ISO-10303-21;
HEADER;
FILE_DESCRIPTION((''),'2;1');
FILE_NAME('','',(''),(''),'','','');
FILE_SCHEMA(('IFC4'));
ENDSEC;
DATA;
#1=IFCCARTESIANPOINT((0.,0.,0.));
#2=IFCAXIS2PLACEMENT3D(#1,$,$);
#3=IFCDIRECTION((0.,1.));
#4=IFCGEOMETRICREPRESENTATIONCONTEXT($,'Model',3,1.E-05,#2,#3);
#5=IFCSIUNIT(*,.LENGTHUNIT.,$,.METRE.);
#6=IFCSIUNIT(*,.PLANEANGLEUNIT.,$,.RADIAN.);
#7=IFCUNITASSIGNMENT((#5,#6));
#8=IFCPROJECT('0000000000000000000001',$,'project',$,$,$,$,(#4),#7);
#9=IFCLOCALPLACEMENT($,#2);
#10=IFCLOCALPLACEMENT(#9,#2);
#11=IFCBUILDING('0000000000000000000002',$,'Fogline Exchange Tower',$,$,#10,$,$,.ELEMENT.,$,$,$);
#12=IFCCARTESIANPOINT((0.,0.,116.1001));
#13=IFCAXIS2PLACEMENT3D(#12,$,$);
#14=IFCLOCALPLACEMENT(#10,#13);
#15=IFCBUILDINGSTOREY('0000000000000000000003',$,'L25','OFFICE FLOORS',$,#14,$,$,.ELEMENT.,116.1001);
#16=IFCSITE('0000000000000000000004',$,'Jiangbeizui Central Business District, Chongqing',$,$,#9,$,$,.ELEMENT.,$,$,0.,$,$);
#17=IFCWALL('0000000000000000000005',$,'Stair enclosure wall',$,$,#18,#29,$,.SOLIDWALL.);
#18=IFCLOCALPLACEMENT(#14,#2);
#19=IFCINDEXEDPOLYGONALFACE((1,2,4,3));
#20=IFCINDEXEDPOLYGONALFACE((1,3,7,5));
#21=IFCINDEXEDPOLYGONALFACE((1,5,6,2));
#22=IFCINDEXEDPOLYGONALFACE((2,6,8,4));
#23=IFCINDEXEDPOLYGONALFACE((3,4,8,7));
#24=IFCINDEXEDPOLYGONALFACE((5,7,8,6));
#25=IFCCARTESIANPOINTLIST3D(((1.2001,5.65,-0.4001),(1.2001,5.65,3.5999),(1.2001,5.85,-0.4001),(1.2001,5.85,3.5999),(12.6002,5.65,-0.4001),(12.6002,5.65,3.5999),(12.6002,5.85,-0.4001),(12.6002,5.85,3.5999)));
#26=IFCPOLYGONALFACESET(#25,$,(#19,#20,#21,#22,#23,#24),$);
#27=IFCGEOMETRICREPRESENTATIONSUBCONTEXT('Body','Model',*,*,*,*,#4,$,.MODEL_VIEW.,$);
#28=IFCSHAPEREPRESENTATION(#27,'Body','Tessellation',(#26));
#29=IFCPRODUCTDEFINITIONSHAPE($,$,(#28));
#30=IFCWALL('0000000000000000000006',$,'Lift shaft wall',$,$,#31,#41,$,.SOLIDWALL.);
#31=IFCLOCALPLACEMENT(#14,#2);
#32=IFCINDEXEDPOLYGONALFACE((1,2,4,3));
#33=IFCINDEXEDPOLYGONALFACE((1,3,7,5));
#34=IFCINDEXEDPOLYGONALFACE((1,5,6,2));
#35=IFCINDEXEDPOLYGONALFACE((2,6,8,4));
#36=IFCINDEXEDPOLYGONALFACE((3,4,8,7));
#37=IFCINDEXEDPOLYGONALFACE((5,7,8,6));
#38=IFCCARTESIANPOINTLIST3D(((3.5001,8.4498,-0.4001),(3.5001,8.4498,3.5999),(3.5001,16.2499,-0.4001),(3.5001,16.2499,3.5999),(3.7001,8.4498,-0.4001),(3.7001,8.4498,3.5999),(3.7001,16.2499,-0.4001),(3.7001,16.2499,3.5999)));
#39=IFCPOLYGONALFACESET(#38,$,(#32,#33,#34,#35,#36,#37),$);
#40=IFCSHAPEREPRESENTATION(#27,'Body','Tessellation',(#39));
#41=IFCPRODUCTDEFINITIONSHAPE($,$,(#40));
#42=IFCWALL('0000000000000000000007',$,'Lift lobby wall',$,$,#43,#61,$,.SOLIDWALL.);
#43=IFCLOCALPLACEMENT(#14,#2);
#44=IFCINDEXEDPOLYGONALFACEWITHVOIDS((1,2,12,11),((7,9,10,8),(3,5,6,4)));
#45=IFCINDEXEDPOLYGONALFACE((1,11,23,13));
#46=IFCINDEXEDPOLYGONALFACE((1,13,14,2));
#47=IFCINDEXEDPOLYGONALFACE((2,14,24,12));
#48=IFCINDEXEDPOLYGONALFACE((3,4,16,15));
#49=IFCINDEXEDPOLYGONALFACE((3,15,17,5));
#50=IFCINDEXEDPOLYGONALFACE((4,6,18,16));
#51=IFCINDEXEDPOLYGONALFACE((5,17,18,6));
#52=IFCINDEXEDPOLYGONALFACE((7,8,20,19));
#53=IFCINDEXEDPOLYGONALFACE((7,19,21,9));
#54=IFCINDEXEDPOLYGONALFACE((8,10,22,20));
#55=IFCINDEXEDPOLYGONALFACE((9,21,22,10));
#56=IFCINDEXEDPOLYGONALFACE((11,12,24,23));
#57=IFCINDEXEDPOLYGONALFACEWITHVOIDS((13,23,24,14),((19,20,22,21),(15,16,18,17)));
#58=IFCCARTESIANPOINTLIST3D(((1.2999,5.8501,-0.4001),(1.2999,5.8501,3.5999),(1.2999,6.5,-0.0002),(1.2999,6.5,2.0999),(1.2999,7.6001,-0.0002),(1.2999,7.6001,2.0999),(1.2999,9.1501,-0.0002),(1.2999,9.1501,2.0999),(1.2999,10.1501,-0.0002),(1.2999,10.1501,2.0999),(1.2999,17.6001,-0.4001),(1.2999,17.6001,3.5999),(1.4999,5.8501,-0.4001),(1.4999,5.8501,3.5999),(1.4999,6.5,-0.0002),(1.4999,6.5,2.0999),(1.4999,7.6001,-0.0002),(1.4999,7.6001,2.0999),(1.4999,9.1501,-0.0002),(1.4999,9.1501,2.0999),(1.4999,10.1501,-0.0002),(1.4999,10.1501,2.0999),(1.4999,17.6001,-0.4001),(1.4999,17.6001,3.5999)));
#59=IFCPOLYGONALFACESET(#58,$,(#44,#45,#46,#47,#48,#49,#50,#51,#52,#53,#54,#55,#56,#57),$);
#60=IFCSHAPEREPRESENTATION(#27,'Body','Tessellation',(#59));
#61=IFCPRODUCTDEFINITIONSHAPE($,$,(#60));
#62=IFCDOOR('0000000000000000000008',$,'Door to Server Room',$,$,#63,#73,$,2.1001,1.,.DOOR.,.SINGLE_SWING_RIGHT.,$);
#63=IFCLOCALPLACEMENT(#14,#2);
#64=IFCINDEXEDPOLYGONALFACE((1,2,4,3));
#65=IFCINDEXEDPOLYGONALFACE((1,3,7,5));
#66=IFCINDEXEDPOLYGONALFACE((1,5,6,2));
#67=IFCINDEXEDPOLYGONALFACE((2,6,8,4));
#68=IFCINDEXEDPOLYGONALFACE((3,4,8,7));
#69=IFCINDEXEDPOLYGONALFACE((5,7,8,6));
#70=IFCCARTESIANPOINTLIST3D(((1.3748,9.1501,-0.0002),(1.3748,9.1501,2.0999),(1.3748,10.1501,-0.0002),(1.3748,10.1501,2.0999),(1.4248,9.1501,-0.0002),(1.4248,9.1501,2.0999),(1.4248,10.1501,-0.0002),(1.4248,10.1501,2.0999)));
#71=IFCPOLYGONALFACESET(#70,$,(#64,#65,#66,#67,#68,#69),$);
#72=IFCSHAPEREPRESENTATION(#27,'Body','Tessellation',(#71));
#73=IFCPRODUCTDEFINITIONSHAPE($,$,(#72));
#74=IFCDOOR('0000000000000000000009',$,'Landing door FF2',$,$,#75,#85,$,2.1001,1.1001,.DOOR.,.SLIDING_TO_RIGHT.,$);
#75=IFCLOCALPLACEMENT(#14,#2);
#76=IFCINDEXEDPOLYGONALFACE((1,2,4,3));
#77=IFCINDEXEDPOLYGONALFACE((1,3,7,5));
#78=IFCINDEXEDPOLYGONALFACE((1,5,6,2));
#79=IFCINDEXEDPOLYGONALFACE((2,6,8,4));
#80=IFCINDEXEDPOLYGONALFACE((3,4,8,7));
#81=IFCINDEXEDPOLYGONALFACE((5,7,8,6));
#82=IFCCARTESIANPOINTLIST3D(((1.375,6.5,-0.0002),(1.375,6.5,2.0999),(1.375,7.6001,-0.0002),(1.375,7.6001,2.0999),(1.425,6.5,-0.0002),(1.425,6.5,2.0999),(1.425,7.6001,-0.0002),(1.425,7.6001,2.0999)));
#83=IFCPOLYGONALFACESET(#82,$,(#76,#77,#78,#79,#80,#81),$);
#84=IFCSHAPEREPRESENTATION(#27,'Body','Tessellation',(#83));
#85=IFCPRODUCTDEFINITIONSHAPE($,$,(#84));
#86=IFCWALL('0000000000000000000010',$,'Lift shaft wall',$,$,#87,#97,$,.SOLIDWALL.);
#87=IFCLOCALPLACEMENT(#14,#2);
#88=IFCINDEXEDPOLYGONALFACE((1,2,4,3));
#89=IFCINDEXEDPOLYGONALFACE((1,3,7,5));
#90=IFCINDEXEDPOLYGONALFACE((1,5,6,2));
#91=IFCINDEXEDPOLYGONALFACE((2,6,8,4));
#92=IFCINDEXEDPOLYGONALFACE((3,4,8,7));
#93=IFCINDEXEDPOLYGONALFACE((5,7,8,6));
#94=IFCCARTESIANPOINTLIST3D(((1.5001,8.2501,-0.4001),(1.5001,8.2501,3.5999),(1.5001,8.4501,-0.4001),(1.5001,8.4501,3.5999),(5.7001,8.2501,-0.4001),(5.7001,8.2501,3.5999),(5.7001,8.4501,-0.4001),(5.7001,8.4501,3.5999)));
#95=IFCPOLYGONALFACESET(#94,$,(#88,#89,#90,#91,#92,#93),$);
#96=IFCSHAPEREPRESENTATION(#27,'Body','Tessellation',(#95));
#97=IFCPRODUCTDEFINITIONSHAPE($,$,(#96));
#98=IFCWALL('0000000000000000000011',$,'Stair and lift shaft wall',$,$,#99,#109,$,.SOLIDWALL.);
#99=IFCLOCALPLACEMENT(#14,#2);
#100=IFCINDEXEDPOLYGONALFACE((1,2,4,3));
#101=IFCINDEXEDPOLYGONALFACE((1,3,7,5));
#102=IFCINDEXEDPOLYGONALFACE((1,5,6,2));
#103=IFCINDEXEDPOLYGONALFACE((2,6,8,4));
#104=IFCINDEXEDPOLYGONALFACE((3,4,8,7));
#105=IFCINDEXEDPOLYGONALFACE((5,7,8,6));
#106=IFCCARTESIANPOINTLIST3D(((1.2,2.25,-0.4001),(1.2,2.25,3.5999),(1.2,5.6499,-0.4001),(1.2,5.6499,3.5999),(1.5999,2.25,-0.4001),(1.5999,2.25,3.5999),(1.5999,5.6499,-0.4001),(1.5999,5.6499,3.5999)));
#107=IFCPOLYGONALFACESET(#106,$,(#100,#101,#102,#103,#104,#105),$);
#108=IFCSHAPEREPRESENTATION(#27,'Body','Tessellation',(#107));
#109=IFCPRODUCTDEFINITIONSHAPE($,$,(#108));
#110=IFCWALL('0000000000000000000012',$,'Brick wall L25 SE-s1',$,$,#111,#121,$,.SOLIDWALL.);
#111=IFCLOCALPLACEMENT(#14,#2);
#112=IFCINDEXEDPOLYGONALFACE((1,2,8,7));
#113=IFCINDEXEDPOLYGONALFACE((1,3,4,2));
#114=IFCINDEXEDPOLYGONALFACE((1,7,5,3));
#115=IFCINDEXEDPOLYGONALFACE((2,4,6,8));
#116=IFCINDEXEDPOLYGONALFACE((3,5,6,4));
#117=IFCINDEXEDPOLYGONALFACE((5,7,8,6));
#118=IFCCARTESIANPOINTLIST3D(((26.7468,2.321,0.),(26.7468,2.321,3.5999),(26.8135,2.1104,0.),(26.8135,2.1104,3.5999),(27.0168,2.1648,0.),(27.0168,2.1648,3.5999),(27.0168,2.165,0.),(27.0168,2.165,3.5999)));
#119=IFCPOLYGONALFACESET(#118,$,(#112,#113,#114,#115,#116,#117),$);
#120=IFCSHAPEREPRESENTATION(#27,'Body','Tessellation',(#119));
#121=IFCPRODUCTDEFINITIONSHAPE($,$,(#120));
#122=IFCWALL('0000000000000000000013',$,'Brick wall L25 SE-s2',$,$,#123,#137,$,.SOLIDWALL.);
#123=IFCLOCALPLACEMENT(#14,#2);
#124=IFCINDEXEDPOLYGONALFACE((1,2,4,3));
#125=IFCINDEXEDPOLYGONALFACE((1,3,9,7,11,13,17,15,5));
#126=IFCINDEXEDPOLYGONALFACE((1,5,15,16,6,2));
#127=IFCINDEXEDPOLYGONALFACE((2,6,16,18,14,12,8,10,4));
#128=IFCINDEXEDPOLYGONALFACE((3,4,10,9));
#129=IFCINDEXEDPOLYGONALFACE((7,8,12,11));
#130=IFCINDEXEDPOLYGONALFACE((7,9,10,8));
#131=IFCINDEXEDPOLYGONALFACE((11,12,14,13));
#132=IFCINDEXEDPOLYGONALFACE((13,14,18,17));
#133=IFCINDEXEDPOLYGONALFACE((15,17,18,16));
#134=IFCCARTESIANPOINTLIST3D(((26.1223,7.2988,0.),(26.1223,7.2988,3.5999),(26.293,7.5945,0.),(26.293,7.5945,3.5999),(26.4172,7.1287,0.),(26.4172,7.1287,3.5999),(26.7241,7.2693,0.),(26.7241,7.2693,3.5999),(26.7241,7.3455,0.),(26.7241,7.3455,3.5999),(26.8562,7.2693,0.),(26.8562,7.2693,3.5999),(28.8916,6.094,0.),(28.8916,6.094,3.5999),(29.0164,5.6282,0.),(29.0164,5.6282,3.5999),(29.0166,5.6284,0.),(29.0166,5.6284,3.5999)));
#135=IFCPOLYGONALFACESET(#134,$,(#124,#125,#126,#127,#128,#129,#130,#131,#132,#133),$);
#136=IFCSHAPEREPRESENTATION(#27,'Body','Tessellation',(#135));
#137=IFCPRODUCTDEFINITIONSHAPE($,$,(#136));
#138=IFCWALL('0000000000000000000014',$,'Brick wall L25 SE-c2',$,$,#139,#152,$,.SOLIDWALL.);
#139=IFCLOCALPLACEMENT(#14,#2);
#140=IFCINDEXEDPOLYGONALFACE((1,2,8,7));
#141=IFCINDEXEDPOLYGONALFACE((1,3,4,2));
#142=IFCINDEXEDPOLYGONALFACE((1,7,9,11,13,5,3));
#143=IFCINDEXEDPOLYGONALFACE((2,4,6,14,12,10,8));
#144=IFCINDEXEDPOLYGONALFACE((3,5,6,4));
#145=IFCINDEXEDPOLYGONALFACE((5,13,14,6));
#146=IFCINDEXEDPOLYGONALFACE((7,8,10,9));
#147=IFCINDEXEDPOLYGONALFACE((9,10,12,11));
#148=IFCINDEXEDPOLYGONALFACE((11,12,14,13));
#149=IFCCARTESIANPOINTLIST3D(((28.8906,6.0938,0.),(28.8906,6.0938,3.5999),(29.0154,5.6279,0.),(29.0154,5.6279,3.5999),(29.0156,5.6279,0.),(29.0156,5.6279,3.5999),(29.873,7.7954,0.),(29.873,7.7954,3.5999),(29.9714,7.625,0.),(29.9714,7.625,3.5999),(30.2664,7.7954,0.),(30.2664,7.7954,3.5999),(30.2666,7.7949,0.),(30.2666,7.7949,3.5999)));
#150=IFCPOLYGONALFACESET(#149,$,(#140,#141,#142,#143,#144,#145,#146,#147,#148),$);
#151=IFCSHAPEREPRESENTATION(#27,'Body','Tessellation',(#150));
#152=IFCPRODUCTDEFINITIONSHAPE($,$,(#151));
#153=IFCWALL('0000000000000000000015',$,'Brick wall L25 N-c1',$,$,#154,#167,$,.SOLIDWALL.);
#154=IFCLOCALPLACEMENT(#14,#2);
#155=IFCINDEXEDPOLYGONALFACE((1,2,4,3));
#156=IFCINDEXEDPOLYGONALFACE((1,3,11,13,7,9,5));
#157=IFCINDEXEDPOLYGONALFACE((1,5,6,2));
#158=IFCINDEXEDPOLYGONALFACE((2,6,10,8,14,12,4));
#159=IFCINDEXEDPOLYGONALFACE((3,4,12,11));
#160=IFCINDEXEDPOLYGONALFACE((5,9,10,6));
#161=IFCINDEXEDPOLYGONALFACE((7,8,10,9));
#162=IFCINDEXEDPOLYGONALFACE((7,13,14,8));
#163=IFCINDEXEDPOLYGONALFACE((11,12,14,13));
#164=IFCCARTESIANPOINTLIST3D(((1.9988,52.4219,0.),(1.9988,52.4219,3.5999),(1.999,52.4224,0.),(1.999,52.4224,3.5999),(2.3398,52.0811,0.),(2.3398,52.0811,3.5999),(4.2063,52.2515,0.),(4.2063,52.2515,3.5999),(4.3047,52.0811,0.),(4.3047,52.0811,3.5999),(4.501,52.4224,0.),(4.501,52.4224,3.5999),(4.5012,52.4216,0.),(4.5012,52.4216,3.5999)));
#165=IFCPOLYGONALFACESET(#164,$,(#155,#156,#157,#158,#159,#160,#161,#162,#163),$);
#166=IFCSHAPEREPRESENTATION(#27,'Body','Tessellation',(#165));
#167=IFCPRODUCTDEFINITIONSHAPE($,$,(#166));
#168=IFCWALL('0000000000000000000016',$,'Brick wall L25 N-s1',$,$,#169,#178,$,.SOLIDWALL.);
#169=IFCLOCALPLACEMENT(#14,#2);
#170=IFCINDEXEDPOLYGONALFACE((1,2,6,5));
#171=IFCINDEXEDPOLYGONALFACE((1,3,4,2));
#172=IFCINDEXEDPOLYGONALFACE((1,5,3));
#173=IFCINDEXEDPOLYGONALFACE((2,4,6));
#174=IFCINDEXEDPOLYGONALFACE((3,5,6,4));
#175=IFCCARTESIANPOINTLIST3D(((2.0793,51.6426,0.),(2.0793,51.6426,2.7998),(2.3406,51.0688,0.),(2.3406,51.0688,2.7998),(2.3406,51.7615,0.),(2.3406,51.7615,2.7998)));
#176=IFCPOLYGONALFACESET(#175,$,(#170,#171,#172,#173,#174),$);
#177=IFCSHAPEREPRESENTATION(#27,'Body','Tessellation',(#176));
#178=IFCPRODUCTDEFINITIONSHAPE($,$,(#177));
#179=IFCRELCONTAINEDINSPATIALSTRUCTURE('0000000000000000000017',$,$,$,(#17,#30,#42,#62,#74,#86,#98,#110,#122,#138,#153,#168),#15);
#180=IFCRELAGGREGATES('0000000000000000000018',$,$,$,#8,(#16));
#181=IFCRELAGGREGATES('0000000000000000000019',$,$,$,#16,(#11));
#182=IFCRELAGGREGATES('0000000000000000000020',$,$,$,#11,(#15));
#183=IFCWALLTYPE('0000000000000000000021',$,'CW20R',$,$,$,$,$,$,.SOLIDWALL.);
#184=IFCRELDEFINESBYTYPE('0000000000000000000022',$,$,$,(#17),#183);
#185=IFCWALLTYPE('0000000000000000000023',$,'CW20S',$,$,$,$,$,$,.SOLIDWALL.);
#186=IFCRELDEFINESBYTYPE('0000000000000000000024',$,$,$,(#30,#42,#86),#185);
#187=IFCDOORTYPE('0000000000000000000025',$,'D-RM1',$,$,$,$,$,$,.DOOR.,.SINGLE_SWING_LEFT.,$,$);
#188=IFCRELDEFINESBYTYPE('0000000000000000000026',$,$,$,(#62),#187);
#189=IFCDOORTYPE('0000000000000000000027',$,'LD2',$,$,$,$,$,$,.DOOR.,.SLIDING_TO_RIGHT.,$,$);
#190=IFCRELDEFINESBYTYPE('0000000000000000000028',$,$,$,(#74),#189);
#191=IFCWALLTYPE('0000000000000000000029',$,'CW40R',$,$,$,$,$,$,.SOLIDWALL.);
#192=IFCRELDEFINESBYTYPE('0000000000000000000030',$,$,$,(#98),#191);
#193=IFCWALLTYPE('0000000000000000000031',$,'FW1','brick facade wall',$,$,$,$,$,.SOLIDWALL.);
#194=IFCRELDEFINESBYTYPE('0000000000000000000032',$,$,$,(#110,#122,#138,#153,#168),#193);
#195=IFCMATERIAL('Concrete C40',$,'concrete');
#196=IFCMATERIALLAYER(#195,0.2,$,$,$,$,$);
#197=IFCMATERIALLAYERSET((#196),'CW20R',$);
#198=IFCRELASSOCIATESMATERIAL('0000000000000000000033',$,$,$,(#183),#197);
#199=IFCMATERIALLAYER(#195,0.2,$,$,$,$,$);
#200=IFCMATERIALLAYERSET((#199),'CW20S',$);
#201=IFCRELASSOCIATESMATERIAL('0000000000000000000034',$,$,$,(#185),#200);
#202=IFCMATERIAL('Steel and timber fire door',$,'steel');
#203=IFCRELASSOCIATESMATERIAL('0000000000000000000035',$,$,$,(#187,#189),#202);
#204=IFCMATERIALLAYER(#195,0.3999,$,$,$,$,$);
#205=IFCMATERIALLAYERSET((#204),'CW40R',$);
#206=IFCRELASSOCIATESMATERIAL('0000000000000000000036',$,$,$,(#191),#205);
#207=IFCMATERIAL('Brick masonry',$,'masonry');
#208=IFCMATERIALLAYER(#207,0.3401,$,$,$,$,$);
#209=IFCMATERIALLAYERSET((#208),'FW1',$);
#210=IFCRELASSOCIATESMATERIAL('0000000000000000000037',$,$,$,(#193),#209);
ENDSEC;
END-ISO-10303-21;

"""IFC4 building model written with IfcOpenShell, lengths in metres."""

from ifc_helpers import new_model, si_unit, direction, frame, frame_2d, origin, place, context, subcontext, project, spatial, polyline, rectangle, outline, extrude, material, layer, layer_set, type_object, element, fill, save


model = new_model("IFC4")

# Units and contexts
model_context = context("Model", 3, precision=1e-05, world=origin(), true_north=direction((0.0, 1.0)))
body_context = subcontext(model_context, "Body", "Model", "MODEL_VIEW")
ifc_project = project(units=[si_unit("LENGTHUNIT", "METRE"), si_unit("PLANEANGLEUNIT", "RADIAN")], contexts=[model_context])

# Site, building, storey
site_placement = place(None, origin())
site = spatial("IfcSite", under=ifc_project, at=site_placement, Name="Jiangbeizui Central Business District, Chongqing", CompositionType="ELEMENT", RefElevation=0.0)
building_placement = place(site_placement, origin())
building = spatial("IfcBuilding", under=site, at=building_placement, Name="Fogline Exchange Tower", CompositionType="ELEMENT")
storey_placement = place(building_placement, frame((0.0, 0.0, 116.1001)))
storey = spatial("IfcBuildingStorey", under=building, at=storey_placement, Name="L25", Description="OFFICE FLOORS", CompositionType="ELEMENT", Elevation=116.1001)

# Shared definitions
ifc_material_1 = material(Name="Concrete C40", Category="concrete")

# Walls
ifc_layer_1 = layer(ifc_material_1, 0.2)
ifc_layer_set_1 = layer_set([ifc_layer_1], Name="CW20R")
wall_type_1 = type_object("IfcWallType", Name="CW20R", PredefinedType="SOLIDWALL", material=ifc_layer_set_1)
wall_1_placement = place(storey_placement, frame((1.2, 5.75, -0.4001), z_axis=(0.0, 0.0, 1.0), x_axis=(1.0, 0.0, 0.0)))
element("IfcWall", 1, at=wall_1_placement, inside=storey, type_object=wall_type_1, Name="Stair enclosure wall", PredefinedType="SOLIDWALL", context=body_context, shape_type="SweptSolid", body=[
    extrude(rectangle(XDim=11.4001, YDim=0.2, at=frame_2d((5.7002, 0.0))), origin(), (0.0, 0.0, 1.0), 4.0),
])
ifc_layer_2 = layer(ifc_material_1, 0.2)
ifc_layer_set_2 = layer_set([ifc_layer_2], Name="CW20S")
wall_type_2 = type_object("IfcWallType", Name="CW20S", PredefinedType="SOLIDWALL", material=ifc_layer_set_2)
wall_2_placement = place(storey_placement, frame((3.6001, 8.45, -0.4001), z_axis=(0.0, 0.0, 1.0), x_axis=(0.0, 1.0, 0.0)))
element("IfcWall", 2, at=wall_2_placement, inside=storey, type_object=wall_type_2, Name="Lift shaft wall", PredefinedType="SOLIDWALL", context=body_context, shape_type="SweptSolid", body=[
    extrude(rectangle(XDim=7.8, YDim=0.2, at=frame_2d((3.8999, 0.0))), origin(), (0.0, 0.0, 1.0), 4.0),
])

# Wall, openings, doors
wall_3_placement = place(storey_placement, frame((1.3999, 5.8501, -0.4001), z_axis=(0.0, 0.0, 1.0), x_axis=(0.0, 1.0, 0.0)))
wall_3 = element("IfcWall", 3, at=wall_3_placement, inside=storey, type_object=wall_type_2, Name="Lift lobby wall", PredefinedType="SOLIDWALL", context=body_context, shape_type="SweptSolid", body=[
    extrude(rectangle(XDim=11.75, YDim=0.2, at=frame_2d((5.875, 0.0))), origin(), (0.0, 0.0, 1.0), 4.0),
])
opening_1_placement = place(wall_3_placement, frame((0.6499, 0.0, 0.3999)))
opening_1 = element("IfcOpeningElement", 4, at=opening_1_placement, cuts=wall_3, PredefinedType="OPENING", context=body_context, shape_type="SweptSolid", body=[
    extrude(rectangle(XDim=1.1001, YDim=2.1001, at=frame_2d((0.55, 1.05))), frame((0.0, 0.1099, 0.0), z_axis=(0.0, -1.0, 0.0), x_axis=(1.0, 0.0, 0.0)), (0.0, 0.0, 1.0), 0.22),
])
opening_2_placement = place(wall_3_placement, frame((3.3, 0.0, 0.3999)))
opening_2 = element("IfcOpeningElement", 5, at=opening_2_placement, cuts=wall_3, PredefinedType="OPENING", context=body_context, shape_type="SweptSolid", body=[
    extrude(rectangle(XDim=1.0, YDim=2.1001, at=frame_2d((0.5, 1.05))), frame((0.0, 0.1099, 0.0), z_axis=(0.0, -1.0, 0.0), x_axis=(1.0, 0.0, 0.0)), (0.0, 0.0, 1.0), 0.22),
])
ifc_material_2 = material(Name="Steel and timber fire door", Category="steel")
door_type_1 = type_object("IfcDoorType", Name="D-RM1", OperationType="SINGLE_SWING_LEFT", PredefinedType="DOOR", material=ifc_material_2)
door_1_placement = place(opening_2_placement, frame((1.0, 0.0, 0.0), z_axis=(0.0, 0.0, 1.0), x_axis=(-1.0, 0.0, 0.0)))
door_1 = element("IfcDoor", 6, at=door_1_placement, inside=storey, type_object=door_type_1, Name="Door to Server Room", OperationType="SINGLE_SWING_RIGHT", OverallHeight=2.1001, OverallWidth=1.0, PredefinedType="DOOR", context=body_context, shape_type="SweptSolid", body=[
    extrude(rectangle(XDim=1.0, YDim=2.1001, at=frame_2d((0.5, 1.05))), frame((0.0, 0.0249, 0.0), z_axis=(0.0, -1.0, 0.0), x_axis=(1.0, 0.0, 0.0)), (0.0, 0.0, 1.0), 0.05),
])
fill(opening_2, door_1)
door_type_2 = type_object("IfcDoorType", Name="LD2", OperationType="SLIDING_TO_RIGHT", PredefinedType="DOOR", material=ifc_material_2)
door_2_placement = place(opening_1_placement, origin())
door_2 = element("IfcDoor", 7, at=door_2_placement, inside=storey, type_object=door_type_2, Name="Landing door FF2", OperationType="SLIDING_TO_RIGHT", OverallHeight=2.1001, OverallWidth=1.1001, PredefinedType="DOOR", context=body_context, shape_type="SweptSolid", body=[
    extrude(rectangle(XDim=1.1001, YDim=2.1001, at=frame_2d((0.55, 1.05))), frame((0.0, 0.0249, 0.0), z_axis=(0.0, -1.0, 0.0), x_axis=(1.0, 0.0, 0.0)), (0.0, 0.0, 1.0), 0.05),
])
fill(opening_1, door_2)

# Walls
wall_4_placement = place(storey_placement, frame((1.5, 8.3501, -0.4001), z_axis=(0.0, 0.0, 1.0), x_axis=(1.0, 0.0, 0.0)))
element("IfcWall", 8, at=wall_4_placement, inside=storey, type_object=wall_type_2, Name="Lift shaft wall", PredefinedType="SOLIDWALL", context=body_context, shape_type="SweptSolid", body=[
    extrude(rectangle(XDim=4.2, YDim=0.2, at=frame_2d((2.1001, 0.0))), origin(), (0.0, 0.0, 1.0), 4.0),
])
ifc_layer_3 = layer(ifc_material_1, 0.3999)
ifc_layer_set_3 = layer_set([ifc_layer_3], Name="CW40R")
wall_type_3 = type_object("IfcWallType", Name="CW40R", PredefinedType="SOLIDWALL", material=ifc_layer_set_3)
wall_5_placement = place(storey_placement, frame((1.3999, 2.25, -0.4001), z_axis=(0.0, 0.0, 1.0), x_axis=(0.0, 1.0, 0.0)))
element("IfcWall", 9, at=wall_5_placement, inside=storey, type_object=wall_type_3, Name="Stair and lift shaft wall", PredefinedType="SOLIDWALL", context=body_context, shape_type="SweptSolid", body=[
    extrude(rectangle(XDim=3.3999, YDim=0.3999, at=frame_2d((1.7, 0.0))), origin(), (0.0, 0.0, 1.0), 4.0),
])
ifc_material_3 = material(Name="Brick masonry", Category="masonry")
ifc_layer_4 = layer(ifc_material_3, 0.3401)
ifc_layer_set_4 = layer_set([ifc_layer_4], Name="FW1")
wall_type_4 = type_object("IfcWallType", Name="FW1", Description="brick facade wall", PredefinedType="SOLIDWALL", material=ifc_layer_set_4)
wall_6_placement = place(storey_placement, origin())
element("IfcWall", 10, at=wall_6_placement, inside=storey, type_object=wall_type_4, Name="Brick wall L25 SE-s1", PredefinedType="SOLIDWALL", context=body_context, shape_type="SweptSolid", body=[
    extrude(outline(polyline([(27.0168, 2.165), (27.0168, 2.1648), (26.8135, 2.1104), (26.7468, 2.321), (27.0168, 2.165)])), origin(), (0.0, 0.0, 1.0), 3.5999),
])
wall_7_placement = place(storey_placement, origin())
element("IfcWall", 11, at=wall_7_placement, inside=storey, type_object=wall_type_4, Name="Brick wall L25 SE-s2", PredefinedType="SOLIDWALL", context=body_context, shape_type="SweptSolid", body=[
    extrude(outline(polyline([(29.0164, 5.6282), (26.4172, 7.1287), (26.1223, 7.2988), (26.293, 7.5945), (26.7241, 7.3455), (26.7241, 7.2693), (26.8562, 7.2693), (28.8916, 6.094), (29.0166, 5.6284), (29.0164, 5.6282)])), origin(), (0.0, 0.0, 1.0), 3.5999),
])
wall_8_placement = place(storey_placement, origin())
element("IfcWall", 12, at=wall_8_placement, inside=storey, type_object=wall_type_4, Name="Brick wall L25 SE-c2", PredefinedType="SOLIDWALL", context=body_context, shape_type="SweptSolid", body=[
    extrude(outline(polyline([(29.873, 7.7954), (29.9714, 7.625), (30.2664, 7.7954), (30.2666, 7.7949), (29.0156, 5.6279), (29.0154, 5.6279), (28.8906, 6.0938), (29.873, 7.7954)])), origin(), (0.0, 0.0, 1.0), 3.5999),
])
wall_9_placement = place(storey_placement, origin())
element("IfcWall", 13, at=wall_9_placement, inside=storey, type_object=wall_type_4, Name="Brick wall L25 N-c1", PredefinedType="SOLIDWALL", context=body_context, shape_type="SweptSolid", body=[
    extrude(outline(polyline([(1.999, 52.4224), (4.501, 52.4224), (4.5012, 52.4216), (4.2063, 52.2515), (4.3047, 52.0811), (2.3398, 52.0811), (1.9988, 52.4219), (1.999, 52.4224)])), origin(), (0.0, 0.0, 1.0), 3.5999),
])
wall_10_placement = place(storey_placement, origin())
element("IfcWall", 14, at=wall_10_placement, inside=storey, type_object=wall_type_4, Name="Brick wall L25 N-s1", PredefinedType="SOLIDWALL", context=body_context, shape_type="SweptSolid", body=[
    extrude(outline(polyline([(2.3406, 51.0688), (2.0793, 51.6426), (2.3406, 51.7615), (2.3406, 51.0688)])), origin(), (0.0, 0.0, 1.0), 2.7998),
])

save(model, "model.ifc")
